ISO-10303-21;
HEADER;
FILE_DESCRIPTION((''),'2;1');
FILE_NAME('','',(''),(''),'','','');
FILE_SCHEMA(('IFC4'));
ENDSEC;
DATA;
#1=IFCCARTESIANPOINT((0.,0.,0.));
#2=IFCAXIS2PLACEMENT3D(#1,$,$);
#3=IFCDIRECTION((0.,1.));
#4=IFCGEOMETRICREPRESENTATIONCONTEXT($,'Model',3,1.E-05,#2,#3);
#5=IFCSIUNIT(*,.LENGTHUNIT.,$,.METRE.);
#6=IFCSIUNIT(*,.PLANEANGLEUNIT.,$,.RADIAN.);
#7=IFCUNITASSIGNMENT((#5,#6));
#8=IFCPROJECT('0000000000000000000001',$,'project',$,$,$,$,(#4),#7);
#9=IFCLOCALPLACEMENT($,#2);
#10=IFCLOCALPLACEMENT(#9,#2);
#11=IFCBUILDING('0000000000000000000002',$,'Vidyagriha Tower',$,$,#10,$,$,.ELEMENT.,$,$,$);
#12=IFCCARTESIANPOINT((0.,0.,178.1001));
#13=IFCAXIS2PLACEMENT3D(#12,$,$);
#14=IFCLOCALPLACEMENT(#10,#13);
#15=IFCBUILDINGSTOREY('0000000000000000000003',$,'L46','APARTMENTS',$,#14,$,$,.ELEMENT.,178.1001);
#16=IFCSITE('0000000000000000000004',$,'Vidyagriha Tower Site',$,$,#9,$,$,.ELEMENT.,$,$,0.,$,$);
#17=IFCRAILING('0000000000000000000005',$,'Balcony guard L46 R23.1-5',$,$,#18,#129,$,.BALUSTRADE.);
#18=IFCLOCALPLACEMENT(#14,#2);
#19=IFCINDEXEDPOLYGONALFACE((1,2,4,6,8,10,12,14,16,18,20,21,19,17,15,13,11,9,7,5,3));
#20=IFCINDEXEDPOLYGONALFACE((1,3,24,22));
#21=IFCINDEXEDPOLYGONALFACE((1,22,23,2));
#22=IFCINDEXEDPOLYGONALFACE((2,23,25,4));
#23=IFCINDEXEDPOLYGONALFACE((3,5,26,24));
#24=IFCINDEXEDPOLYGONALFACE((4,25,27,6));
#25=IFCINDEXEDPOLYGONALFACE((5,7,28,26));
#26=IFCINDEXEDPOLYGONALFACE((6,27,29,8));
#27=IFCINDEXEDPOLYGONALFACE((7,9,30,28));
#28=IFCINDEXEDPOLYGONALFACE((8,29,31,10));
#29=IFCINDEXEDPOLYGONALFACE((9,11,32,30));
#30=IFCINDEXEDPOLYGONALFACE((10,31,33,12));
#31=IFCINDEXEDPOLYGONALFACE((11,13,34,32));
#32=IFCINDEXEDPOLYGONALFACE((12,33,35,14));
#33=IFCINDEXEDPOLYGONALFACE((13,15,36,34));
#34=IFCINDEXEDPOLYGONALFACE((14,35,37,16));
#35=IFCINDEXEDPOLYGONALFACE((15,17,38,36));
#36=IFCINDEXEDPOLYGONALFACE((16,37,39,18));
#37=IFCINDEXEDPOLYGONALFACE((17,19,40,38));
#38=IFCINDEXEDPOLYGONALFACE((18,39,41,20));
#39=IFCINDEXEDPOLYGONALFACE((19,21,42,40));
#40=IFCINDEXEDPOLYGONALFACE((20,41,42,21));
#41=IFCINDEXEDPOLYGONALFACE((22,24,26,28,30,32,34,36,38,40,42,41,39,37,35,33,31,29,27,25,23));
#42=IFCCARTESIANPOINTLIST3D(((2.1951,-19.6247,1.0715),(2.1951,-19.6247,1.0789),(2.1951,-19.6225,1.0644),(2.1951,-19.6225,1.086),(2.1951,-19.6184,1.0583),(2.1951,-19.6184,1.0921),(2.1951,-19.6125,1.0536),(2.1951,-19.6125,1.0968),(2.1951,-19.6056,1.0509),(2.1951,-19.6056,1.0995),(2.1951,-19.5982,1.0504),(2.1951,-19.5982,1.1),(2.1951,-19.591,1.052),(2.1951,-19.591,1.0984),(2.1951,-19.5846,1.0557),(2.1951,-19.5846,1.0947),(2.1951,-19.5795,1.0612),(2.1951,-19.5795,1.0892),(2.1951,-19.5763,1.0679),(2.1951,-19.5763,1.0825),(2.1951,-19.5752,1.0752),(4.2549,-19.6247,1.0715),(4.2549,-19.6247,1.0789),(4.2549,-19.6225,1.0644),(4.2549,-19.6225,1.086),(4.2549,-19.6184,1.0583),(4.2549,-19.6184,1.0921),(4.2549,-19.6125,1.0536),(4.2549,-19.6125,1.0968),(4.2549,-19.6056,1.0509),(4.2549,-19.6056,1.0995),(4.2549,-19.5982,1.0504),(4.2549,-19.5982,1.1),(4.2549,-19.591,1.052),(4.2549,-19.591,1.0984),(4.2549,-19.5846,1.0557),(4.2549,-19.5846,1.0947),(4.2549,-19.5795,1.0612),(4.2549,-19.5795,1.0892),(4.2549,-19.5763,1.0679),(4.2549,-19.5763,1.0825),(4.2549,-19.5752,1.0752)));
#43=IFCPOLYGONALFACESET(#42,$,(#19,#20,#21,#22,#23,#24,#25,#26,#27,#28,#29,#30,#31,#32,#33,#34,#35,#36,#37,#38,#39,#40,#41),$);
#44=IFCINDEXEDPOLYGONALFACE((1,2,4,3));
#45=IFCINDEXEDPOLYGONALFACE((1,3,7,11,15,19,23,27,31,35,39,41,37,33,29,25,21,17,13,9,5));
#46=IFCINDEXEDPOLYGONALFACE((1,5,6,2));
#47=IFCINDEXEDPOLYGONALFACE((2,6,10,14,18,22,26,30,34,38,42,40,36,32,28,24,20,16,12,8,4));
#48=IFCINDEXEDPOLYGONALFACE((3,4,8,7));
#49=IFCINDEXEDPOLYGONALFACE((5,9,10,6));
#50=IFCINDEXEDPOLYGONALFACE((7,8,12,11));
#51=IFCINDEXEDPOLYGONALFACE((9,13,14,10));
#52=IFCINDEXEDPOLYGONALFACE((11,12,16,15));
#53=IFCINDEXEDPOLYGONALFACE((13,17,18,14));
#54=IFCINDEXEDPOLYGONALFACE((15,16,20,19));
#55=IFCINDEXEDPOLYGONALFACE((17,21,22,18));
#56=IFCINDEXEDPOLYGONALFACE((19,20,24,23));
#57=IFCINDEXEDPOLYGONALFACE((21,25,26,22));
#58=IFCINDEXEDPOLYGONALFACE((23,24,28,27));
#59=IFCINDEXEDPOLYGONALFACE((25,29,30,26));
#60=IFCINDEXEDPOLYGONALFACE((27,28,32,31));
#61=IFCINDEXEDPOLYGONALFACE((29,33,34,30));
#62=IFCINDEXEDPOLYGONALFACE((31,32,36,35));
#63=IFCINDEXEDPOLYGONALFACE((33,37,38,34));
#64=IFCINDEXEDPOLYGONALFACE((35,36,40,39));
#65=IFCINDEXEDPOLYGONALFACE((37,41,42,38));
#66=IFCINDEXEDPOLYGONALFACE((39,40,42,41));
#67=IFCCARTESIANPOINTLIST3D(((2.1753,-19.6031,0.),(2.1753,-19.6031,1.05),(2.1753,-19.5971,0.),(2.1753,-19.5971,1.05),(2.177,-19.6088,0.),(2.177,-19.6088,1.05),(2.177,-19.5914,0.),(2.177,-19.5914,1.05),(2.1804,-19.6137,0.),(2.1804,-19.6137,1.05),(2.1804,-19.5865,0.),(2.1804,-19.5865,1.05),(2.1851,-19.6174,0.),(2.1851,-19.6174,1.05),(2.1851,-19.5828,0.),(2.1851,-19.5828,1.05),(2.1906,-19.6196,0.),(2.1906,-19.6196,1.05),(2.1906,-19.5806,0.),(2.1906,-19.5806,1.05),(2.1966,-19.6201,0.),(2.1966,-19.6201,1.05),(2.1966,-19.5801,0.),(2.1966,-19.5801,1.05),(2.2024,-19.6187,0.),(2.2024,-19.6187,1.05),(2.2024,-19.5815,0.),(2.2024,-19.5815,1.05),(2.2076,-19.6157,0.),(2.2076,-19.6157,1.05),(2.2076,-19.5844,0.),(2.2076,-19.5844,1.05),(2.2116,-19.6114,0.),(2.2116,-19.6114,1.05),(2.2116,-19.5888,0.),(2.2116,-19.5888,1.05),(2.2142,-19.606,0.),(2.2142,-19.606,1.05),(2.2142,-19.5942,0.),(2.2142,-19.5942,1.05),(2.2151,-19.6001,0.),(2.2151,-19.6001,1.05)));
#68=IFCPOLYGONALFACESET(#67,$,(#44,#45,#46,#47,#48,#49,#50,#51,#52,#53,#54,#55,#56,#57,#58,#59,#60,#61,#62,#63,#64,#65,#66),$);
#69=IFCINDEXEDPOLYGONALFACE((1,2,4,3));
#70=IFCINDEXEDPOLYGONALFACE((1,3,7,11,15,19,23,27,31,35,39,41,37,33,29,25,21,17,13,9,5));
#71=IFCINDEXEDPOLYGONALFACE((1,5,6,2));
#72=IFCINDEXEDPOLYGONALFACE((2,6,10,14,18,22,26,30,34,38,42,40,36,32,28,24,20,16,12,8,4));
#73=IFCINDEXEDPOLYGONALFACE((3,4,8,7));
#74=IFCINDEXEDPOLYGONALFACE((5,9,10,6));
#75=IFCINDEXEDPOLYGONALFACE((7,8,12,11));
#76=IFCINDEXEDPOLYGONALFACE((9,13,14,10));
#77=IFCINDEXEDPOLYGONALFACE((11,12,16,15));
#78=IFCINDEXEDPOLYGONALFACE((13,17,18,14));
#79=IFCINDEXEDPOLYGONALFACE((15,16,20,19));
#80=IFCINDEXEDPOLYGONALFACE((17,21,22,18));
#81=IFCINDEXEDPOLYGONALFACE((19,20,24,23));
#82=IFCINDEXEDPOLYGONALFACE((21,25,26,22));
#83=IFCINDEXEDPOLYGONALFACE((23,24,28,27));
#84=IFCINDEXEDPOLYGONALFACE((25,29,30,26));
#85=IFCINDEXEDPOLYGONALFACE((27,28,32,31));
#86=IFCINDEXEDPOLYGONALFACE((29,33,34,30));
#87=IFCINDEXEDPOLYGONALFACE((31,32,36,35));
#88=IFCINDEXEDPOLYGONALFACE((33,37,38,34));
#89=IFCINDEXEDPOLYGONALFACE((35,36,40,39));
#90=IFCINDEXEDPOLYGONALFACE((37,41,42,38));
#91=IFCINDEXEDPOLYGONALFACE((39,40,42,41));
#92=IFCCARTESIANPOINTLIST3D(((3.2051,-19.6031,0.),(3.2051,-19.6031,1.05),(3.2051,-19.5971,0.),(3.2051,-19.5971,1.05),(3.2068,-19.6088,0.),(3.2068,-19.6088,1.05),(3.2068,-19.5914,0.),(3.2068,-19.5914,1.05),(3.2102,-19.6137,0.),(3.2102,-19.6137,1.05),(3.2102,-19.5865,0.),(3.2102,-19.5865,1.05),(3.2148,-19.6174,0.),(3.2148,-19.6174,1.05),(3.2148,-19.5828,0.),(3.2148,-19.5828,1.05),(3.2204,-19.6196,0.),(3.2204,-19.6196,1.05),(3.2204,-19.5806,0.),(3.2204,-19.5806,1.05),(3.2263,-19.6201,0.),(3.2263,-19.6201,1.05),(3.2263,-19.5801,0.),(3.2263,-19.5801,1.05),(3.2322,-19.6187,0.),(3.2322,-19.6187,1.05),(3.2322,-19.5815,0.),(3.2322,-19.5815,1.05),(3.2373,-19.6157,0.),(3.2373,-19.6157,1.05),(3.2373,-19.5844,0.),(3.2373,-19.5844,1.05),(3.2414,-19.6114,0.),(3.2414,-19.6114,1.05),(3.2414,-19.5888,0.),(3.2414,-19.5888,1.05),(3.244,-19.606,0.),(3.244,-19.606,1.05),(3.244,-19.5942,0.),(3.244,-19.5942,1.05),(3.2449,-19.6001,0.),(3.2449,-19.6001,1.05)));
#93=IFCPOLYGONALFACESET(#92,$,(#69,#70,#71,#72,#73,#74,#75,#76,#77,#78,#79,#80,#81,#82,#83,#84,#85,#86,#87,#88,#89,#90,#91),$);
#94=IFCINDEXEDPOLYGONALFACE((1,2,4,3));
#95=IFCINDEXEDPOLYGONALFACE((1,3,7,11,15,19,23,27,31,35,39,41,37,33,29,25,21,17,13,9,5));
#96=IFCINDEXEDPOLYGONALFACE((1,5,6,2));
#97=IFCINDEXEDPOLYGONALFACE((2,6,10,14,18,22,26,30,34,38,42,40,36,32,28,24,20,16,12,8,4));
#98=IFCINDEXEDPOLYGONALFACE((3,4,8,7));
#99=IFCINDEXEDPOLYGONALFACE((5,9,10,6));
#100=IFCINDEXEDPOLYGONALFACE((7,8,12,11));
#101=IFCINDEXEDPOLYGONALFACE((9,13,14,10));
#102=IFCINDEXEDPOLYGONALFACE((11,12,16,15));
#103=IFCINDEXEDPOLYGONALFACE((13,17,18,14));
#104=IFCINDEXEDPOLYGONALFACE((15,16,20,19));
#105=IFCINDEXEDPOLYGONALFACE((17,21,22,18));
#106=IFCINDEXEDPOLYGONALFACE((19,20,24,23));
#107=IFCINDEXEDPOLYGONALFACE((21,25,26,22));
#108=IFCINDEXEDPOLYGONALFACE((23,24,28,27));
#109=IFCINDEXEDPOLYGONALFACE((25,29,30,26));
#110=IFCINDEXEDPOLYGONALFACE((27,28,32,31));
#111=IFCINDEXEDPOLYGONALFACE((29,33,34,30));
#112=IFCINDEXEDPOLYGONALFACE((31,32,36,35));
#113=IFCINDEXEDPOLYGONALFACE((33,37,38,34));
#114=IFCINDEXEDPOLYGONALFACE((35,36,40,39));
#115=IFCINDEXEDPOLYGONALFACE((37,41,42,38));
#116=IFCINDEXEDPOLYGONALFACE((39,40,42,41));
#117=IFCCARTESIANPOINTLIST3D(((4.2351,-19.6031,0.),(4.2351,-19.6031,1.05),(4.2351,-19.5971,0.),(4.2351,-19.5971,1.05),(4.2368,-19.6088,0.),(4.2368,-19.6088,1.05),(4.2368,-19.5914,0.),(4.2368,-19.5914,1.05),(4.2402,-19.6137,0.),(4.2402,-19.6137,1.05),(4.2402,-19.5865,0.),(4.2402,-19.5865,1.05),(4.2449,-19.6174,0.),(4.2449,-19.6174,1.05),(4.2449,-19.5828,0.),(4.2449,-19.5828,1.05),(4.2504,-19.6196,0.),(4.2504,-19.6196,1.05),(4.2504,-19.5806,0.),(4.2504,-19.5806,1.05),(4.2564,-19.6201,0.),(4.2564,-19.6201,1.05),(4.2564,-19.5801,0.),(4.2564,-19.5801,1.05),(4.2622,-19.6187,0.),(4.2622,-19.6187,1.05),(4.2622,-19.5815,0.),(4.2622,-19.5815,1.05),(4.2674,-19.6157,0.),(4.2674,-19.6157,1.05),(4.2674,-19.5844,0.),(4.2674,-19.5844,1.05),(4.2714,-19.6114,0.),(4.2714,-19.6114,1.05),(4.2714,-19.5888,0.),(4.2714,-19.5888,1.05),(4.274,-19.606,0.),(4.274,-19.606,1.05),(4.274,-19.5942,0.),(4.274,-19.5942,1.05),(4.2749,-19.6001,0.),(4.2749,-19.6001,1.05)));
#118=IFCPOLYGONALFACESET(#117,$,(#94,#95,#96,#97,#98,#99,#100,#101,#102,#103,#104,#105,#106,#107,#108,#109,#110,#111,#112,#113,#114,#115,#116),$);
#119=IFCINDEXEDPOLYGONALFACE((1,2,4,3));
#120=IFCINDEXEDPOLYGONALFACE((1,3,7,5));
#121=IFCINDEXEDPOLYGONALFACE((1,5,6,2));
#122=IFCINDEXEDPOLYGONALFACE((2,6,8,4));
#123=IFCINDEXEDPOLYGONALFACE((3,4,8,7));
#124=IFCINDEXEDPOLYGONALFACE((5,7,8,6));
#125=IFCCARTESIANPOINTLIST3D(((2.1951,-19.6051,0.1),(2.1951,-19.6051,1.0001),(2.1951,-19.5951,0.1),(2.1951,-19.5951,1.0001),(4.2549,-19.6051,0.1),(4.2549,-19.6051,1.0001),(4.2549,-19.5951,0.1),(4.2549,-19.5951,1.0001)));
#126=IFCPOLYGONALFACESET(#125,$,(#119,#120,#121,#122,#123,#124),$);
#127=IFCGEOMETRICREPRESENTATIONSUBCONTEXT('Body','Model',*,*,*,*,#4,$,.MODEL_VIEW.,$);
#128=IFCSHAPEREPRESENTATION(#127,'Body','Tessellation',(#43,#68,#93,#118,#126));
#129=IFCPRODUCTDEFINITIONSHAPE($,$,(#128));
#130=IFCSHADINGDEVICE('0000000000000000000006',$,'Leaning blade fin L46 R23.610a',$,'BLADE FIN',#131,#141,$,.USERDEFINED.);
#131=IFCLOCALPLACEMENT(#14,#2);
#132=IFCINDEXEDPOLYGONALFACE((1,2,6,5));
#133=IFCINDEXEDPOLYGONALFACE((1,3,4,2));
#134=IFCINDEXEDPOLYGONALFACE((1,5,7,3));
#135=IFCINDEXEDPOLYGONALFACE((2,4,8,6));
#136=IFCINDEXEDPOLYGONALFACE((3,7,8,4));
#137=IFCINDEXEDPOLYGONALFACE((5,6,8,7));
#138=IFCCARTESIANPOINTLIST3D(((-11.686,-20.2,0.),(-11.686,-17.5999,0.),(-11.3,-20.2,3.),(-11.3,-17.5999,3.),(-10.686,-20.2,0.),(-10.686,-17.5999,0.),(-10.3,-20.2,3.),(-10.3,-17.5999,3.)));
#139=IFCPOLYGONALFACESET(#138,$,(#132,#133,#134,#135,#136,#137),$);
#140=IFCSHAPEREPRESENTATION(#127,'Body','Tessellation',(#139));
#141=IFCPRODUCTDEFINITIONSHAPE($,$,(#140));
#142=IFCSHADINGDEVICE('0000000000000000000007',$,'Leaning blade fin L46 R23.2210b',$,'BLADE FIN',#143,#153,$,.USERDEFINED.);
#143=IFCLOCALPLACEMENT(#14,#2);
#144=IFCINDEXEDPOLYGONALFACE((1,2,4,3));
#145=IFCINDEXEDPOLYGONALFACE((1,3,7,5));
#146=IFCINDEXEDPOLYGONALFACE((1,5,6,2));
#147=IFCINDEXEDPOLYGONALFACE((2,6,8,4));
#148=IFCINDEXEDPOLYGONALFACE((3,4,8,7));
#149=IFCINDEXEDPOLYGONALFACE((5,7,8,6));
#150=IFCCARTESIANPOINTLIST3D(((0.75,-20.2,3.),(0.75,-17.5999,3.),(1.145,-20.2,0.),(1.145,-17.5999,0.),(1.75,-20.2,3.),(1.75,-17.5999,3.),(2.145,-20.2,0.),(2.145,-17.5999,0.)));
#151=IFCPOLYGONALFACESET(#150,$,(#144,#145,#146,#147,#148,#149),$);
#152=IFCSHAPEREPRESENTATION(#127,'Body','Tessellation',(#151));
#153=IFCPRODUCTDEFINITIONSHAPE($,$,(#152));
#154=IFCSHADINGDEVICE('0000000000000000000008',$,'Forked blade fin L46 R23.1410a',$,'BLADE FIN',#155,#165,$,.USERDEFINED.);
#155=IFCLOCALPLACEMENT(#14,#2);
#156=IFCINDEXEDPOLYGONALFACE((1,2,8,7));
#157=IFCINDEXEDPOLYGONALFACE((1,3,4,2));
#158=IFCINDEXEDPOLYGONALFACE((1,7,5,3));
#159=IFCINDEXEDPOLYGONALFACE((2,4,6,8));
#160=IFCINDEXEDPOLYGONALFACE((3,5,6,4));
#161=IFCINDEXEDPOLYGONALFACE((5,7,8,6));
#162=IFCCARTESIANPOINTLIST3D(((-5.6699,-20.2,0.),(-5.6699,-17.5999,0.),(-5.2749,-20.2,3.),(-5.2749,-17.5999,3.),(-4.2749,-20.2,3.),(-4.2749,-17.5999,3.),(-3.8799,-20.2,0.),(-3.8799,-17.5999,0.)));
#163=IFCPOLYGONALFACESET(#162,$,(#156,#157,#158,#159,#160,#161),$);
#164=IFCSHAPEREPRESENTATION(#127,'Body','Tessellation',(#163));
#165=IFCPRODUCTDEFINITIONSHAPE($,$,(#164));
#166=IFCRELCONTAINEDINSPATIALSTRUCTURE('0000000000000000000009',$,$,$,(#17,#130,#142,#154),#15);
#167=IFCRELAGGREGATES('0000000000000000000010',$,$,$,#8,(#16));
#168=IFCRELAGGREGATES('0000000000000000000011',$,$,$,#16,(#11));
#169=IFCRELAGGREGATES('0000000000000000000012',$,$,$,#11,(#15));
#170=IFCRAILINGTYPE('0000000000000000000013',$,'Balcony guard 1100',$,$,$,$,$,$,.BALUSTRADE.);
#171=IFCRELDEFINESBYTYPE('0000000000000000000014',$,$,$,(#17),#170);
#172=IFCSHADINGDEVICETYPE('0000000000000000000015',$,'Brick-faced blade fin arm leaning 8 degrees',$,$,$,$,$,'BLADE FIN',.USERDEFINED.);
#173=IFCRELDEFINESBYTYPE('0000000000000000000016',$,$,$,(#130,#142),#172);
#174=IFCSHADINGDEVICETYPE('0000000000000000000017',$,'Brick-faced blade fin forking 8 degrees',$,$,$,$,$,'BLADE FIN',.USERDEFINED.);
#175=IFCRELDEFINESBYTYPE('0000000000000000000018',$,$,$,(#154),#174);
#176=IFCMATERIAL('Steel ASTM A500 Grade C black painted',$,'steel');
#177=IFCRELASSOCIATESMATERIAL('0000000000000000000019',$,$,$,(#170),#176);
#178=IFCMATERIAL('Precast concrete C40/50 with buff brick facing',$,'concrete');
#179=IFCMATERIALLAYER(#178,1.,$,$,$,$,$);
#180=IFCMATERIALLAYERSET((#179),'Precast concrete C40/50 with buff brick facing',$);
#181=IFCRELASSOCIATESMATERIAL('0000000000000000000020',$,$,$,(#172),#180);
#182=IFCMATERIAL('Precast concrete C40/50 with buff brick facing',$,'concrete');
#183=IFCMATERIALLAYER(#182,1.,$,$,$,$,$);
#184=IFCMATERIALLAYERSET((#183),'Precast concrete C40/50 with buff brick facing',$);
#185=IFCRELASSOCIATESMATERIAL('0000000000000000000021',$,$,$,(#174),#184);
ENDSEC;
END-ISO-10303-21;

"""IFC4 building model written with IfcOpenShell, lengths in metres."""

from ifc_helpers import new_model, si_unit, direction, frame, origin, origin_2d, place, context, subcontext, project, spatial, polyline, rectangle, circle, outline, extrude, material, layer, layer_set, type_object, element, save


model = new_model("IFC4")

# Units and contexts
model_context = context("Model", 3, precision=1e-05, world=origin(), true_north=direction((0.0, 1.0)))
body_context = subcontext(model_context, "Body", "Model", "MODEL_VIEW")
ifc_project = project(units=[si_unit("LENGTHUNIT", "METRE"), si_unit("PLANEANGLEUNIT", "RADIAN")], contexts=[model_context])

# Site, building, storey
site_placement = place(None, origin())
site = spatial("IfcSite", under=ifc_project, at=site_placement, Name="Vidyagriha Tower Site", CompositionType="ELEMENT", RefElevation=0.0)
building_placement = place(site_placement, origin())
building = spatial("IfcBuilding", under=site, at=building_placement, Name="Vidyagriha Tower", CompositionType="ELEMENT")
storey_placement = place(building_placement, frame((0.0, 0.0, 178.1001)))
storey = spatial("IfcBuildingStorey", under=building, at=storey_placement, Name="L46", Description="APARTMENTS", CompositionType="ELEMENT", Elevation=178.1001)

# Railing
ifc_material_1 = material(Name="Steel ASTM A500 Grade C black painted", Category="steel")
railing_type = type_object("IfcRailingType", Name="Balcony guard 1100", PredefinedType="BALUSTRADE", material=ifc_material_1)
railing_1_placement = place(storey_placement, frame((2.1951, -19.6001, 0.0)))
element("IfcRailing", 1, at=railing_1_placement, inside=storey, type_object=railing_type, Name="Balcony guard L46 R23.1-5", PredefinedType="BALUSTRADE", context=body_context, shape_type="SweptSolid", body=[
    extrude(circle(Radius=0.0249, at=origin_2d()), frame((0.0, 0.0, 1.0752), z_axis=(1.0, 0.0, 0.0), x_axis=(0.0, 1.0, 0.0)), (0.0, 0.0, 1.0), 2.0598),
    extrude(circle(Radius=0.02, at=origin_2d()), origin(), (0.0, 0.0, 1.0), 1.05),
    extrude(circle(Radius=0.02, at=origin_2d()), frame((1.0298, 0.0, 0.0)), (0.0, 0.0, 1.0), 1.05),
    extrude(circle(Radius=0.02, at=origin_2d()), frame((2.0598, 0.0, 0.0)), (0.0, 0.0, 1.0), 1.05),
    extrude(rectangle(XDim=0.01, YDim=0.9001, at=origin_2d()), frame((0.0, 0.0, 0.55), z_axis=(1.0, 0.0, 0.0), x_axis=(0.0, 1.0, 0.0)), (0.0, 0.0, 1.0), 2.0598),
])

# Shading devices
ifc_material_2 = material(Name="Precast concrete C40/50 with buff brick facing", Category="concrete")
ifc_layer_1 = layer(ifc_material_2, 1.0)
ifc_layer_set_1 = layer_set([ifc_layer_1], Name="Precast concrete C40/50 with buff brick facing")
shading_device_type_1 = type_object("IfcShadingDeviceType", Name="Brick-faced blade fin arm leaning 8 degrees", ElementType="BLADE FIN", PredefinedType="USERDEFINED", material=ifc_layer_set_1)
shading_device_1_placement = place(storey_placement, frame((-11.686, -18.8999, 0.0)))
element("IfcShadingDevice", 2, at=shading_device_1_placement, inside=storey, type_object=shading_device_type_1, Name="Leaning blade fin L46 R23.610a", ObjectType="BLADE FIN", PredefinedType="USERDEFINED", context=body_context, shape_type="SweptSolid", body=[
    extrude(outline(polyline([(0.0, 0.0), (1.0, 0.0), (1.386, 3.0), (0.386, 3.0), (0.0, 0.0)])), frame((0.0, 1.3, 0.0), z_axis=(0.0, -1.0, 0.0), x_axis=(1.0, 0.0, 0.0)), (0.0, 0.0, 1.0), 2.6001),
])
shading_device_2_placement = place(storey_placement, frame((0.75, -18.8999, 0.0)))
element("IfcShadingDevice", 3, at=shading_device_2_placement, inside=storey, type_object=shading_device_type_1, Name="Leaning blade fin L46 R23.2210b", ObjectType="BLADE FIN", PredefinedType="USERDEFINED", context=body_context, shape_type="SweptSolid", body=[
    extrude(outline(polyline([(0.395, 0.0), (1.395, 0.0), (1.0, 3.0), (0.0, 3.0), (0.395, 0.0)])), frame((0.0, 1.3, 0.0), z_axis=(0.0, -1.0, 0.0), x_axis=(1.0, 0.0, 0.0)), (0.0, 0.0, 1.0), 2.6001),
])
ifc_material_3 = material(Name="Precast concrete C40/50 with buff brick facing", Category="concrete")
ifc_layer_2 = layer(ifc_material_3, 1.0)
ifc_layer_set_2 = layer_set([ifc_layer_2], Name="Precast concrete C40/50 with buff brick facing")
shading_device_type_2 = type_object("IfcShadingDeviceType", Name="Brick-faced blade fin forking 8 degrees", ElementType="BLADE FIN", PredefinedType="USERDEFINED", material=ifc_layer_set_2)
shading_device_3_placement = place(storey_placement, frame((-5.6699, -18.8999, 0.0)))
element("IfcShadingDevice", 4, at=shading_device_3_placement, inside=storey, type_object=shading_device_type_2, Name="Forked blade fin L46 R23.1410a", ObjectType="BLADE FIN", PredefinedType="USERDEFINED", context=body_context, shape_type="SweptSolid", body=[
    extrude(outline(polyline([(0.0, 0.0), (1.79, 0.0), (1.395, 3.0), (0.395, 3.0), (0.0, 0.0)])), frame((0.0, 1.3, 0.0), z_axis=(0.0, -1.0, 0.0), x_axis=(1.0, 0.0, 0.0)), (0.0, 0.0, 1.0), 2.6001),
])

save(model, "model.ifc")
